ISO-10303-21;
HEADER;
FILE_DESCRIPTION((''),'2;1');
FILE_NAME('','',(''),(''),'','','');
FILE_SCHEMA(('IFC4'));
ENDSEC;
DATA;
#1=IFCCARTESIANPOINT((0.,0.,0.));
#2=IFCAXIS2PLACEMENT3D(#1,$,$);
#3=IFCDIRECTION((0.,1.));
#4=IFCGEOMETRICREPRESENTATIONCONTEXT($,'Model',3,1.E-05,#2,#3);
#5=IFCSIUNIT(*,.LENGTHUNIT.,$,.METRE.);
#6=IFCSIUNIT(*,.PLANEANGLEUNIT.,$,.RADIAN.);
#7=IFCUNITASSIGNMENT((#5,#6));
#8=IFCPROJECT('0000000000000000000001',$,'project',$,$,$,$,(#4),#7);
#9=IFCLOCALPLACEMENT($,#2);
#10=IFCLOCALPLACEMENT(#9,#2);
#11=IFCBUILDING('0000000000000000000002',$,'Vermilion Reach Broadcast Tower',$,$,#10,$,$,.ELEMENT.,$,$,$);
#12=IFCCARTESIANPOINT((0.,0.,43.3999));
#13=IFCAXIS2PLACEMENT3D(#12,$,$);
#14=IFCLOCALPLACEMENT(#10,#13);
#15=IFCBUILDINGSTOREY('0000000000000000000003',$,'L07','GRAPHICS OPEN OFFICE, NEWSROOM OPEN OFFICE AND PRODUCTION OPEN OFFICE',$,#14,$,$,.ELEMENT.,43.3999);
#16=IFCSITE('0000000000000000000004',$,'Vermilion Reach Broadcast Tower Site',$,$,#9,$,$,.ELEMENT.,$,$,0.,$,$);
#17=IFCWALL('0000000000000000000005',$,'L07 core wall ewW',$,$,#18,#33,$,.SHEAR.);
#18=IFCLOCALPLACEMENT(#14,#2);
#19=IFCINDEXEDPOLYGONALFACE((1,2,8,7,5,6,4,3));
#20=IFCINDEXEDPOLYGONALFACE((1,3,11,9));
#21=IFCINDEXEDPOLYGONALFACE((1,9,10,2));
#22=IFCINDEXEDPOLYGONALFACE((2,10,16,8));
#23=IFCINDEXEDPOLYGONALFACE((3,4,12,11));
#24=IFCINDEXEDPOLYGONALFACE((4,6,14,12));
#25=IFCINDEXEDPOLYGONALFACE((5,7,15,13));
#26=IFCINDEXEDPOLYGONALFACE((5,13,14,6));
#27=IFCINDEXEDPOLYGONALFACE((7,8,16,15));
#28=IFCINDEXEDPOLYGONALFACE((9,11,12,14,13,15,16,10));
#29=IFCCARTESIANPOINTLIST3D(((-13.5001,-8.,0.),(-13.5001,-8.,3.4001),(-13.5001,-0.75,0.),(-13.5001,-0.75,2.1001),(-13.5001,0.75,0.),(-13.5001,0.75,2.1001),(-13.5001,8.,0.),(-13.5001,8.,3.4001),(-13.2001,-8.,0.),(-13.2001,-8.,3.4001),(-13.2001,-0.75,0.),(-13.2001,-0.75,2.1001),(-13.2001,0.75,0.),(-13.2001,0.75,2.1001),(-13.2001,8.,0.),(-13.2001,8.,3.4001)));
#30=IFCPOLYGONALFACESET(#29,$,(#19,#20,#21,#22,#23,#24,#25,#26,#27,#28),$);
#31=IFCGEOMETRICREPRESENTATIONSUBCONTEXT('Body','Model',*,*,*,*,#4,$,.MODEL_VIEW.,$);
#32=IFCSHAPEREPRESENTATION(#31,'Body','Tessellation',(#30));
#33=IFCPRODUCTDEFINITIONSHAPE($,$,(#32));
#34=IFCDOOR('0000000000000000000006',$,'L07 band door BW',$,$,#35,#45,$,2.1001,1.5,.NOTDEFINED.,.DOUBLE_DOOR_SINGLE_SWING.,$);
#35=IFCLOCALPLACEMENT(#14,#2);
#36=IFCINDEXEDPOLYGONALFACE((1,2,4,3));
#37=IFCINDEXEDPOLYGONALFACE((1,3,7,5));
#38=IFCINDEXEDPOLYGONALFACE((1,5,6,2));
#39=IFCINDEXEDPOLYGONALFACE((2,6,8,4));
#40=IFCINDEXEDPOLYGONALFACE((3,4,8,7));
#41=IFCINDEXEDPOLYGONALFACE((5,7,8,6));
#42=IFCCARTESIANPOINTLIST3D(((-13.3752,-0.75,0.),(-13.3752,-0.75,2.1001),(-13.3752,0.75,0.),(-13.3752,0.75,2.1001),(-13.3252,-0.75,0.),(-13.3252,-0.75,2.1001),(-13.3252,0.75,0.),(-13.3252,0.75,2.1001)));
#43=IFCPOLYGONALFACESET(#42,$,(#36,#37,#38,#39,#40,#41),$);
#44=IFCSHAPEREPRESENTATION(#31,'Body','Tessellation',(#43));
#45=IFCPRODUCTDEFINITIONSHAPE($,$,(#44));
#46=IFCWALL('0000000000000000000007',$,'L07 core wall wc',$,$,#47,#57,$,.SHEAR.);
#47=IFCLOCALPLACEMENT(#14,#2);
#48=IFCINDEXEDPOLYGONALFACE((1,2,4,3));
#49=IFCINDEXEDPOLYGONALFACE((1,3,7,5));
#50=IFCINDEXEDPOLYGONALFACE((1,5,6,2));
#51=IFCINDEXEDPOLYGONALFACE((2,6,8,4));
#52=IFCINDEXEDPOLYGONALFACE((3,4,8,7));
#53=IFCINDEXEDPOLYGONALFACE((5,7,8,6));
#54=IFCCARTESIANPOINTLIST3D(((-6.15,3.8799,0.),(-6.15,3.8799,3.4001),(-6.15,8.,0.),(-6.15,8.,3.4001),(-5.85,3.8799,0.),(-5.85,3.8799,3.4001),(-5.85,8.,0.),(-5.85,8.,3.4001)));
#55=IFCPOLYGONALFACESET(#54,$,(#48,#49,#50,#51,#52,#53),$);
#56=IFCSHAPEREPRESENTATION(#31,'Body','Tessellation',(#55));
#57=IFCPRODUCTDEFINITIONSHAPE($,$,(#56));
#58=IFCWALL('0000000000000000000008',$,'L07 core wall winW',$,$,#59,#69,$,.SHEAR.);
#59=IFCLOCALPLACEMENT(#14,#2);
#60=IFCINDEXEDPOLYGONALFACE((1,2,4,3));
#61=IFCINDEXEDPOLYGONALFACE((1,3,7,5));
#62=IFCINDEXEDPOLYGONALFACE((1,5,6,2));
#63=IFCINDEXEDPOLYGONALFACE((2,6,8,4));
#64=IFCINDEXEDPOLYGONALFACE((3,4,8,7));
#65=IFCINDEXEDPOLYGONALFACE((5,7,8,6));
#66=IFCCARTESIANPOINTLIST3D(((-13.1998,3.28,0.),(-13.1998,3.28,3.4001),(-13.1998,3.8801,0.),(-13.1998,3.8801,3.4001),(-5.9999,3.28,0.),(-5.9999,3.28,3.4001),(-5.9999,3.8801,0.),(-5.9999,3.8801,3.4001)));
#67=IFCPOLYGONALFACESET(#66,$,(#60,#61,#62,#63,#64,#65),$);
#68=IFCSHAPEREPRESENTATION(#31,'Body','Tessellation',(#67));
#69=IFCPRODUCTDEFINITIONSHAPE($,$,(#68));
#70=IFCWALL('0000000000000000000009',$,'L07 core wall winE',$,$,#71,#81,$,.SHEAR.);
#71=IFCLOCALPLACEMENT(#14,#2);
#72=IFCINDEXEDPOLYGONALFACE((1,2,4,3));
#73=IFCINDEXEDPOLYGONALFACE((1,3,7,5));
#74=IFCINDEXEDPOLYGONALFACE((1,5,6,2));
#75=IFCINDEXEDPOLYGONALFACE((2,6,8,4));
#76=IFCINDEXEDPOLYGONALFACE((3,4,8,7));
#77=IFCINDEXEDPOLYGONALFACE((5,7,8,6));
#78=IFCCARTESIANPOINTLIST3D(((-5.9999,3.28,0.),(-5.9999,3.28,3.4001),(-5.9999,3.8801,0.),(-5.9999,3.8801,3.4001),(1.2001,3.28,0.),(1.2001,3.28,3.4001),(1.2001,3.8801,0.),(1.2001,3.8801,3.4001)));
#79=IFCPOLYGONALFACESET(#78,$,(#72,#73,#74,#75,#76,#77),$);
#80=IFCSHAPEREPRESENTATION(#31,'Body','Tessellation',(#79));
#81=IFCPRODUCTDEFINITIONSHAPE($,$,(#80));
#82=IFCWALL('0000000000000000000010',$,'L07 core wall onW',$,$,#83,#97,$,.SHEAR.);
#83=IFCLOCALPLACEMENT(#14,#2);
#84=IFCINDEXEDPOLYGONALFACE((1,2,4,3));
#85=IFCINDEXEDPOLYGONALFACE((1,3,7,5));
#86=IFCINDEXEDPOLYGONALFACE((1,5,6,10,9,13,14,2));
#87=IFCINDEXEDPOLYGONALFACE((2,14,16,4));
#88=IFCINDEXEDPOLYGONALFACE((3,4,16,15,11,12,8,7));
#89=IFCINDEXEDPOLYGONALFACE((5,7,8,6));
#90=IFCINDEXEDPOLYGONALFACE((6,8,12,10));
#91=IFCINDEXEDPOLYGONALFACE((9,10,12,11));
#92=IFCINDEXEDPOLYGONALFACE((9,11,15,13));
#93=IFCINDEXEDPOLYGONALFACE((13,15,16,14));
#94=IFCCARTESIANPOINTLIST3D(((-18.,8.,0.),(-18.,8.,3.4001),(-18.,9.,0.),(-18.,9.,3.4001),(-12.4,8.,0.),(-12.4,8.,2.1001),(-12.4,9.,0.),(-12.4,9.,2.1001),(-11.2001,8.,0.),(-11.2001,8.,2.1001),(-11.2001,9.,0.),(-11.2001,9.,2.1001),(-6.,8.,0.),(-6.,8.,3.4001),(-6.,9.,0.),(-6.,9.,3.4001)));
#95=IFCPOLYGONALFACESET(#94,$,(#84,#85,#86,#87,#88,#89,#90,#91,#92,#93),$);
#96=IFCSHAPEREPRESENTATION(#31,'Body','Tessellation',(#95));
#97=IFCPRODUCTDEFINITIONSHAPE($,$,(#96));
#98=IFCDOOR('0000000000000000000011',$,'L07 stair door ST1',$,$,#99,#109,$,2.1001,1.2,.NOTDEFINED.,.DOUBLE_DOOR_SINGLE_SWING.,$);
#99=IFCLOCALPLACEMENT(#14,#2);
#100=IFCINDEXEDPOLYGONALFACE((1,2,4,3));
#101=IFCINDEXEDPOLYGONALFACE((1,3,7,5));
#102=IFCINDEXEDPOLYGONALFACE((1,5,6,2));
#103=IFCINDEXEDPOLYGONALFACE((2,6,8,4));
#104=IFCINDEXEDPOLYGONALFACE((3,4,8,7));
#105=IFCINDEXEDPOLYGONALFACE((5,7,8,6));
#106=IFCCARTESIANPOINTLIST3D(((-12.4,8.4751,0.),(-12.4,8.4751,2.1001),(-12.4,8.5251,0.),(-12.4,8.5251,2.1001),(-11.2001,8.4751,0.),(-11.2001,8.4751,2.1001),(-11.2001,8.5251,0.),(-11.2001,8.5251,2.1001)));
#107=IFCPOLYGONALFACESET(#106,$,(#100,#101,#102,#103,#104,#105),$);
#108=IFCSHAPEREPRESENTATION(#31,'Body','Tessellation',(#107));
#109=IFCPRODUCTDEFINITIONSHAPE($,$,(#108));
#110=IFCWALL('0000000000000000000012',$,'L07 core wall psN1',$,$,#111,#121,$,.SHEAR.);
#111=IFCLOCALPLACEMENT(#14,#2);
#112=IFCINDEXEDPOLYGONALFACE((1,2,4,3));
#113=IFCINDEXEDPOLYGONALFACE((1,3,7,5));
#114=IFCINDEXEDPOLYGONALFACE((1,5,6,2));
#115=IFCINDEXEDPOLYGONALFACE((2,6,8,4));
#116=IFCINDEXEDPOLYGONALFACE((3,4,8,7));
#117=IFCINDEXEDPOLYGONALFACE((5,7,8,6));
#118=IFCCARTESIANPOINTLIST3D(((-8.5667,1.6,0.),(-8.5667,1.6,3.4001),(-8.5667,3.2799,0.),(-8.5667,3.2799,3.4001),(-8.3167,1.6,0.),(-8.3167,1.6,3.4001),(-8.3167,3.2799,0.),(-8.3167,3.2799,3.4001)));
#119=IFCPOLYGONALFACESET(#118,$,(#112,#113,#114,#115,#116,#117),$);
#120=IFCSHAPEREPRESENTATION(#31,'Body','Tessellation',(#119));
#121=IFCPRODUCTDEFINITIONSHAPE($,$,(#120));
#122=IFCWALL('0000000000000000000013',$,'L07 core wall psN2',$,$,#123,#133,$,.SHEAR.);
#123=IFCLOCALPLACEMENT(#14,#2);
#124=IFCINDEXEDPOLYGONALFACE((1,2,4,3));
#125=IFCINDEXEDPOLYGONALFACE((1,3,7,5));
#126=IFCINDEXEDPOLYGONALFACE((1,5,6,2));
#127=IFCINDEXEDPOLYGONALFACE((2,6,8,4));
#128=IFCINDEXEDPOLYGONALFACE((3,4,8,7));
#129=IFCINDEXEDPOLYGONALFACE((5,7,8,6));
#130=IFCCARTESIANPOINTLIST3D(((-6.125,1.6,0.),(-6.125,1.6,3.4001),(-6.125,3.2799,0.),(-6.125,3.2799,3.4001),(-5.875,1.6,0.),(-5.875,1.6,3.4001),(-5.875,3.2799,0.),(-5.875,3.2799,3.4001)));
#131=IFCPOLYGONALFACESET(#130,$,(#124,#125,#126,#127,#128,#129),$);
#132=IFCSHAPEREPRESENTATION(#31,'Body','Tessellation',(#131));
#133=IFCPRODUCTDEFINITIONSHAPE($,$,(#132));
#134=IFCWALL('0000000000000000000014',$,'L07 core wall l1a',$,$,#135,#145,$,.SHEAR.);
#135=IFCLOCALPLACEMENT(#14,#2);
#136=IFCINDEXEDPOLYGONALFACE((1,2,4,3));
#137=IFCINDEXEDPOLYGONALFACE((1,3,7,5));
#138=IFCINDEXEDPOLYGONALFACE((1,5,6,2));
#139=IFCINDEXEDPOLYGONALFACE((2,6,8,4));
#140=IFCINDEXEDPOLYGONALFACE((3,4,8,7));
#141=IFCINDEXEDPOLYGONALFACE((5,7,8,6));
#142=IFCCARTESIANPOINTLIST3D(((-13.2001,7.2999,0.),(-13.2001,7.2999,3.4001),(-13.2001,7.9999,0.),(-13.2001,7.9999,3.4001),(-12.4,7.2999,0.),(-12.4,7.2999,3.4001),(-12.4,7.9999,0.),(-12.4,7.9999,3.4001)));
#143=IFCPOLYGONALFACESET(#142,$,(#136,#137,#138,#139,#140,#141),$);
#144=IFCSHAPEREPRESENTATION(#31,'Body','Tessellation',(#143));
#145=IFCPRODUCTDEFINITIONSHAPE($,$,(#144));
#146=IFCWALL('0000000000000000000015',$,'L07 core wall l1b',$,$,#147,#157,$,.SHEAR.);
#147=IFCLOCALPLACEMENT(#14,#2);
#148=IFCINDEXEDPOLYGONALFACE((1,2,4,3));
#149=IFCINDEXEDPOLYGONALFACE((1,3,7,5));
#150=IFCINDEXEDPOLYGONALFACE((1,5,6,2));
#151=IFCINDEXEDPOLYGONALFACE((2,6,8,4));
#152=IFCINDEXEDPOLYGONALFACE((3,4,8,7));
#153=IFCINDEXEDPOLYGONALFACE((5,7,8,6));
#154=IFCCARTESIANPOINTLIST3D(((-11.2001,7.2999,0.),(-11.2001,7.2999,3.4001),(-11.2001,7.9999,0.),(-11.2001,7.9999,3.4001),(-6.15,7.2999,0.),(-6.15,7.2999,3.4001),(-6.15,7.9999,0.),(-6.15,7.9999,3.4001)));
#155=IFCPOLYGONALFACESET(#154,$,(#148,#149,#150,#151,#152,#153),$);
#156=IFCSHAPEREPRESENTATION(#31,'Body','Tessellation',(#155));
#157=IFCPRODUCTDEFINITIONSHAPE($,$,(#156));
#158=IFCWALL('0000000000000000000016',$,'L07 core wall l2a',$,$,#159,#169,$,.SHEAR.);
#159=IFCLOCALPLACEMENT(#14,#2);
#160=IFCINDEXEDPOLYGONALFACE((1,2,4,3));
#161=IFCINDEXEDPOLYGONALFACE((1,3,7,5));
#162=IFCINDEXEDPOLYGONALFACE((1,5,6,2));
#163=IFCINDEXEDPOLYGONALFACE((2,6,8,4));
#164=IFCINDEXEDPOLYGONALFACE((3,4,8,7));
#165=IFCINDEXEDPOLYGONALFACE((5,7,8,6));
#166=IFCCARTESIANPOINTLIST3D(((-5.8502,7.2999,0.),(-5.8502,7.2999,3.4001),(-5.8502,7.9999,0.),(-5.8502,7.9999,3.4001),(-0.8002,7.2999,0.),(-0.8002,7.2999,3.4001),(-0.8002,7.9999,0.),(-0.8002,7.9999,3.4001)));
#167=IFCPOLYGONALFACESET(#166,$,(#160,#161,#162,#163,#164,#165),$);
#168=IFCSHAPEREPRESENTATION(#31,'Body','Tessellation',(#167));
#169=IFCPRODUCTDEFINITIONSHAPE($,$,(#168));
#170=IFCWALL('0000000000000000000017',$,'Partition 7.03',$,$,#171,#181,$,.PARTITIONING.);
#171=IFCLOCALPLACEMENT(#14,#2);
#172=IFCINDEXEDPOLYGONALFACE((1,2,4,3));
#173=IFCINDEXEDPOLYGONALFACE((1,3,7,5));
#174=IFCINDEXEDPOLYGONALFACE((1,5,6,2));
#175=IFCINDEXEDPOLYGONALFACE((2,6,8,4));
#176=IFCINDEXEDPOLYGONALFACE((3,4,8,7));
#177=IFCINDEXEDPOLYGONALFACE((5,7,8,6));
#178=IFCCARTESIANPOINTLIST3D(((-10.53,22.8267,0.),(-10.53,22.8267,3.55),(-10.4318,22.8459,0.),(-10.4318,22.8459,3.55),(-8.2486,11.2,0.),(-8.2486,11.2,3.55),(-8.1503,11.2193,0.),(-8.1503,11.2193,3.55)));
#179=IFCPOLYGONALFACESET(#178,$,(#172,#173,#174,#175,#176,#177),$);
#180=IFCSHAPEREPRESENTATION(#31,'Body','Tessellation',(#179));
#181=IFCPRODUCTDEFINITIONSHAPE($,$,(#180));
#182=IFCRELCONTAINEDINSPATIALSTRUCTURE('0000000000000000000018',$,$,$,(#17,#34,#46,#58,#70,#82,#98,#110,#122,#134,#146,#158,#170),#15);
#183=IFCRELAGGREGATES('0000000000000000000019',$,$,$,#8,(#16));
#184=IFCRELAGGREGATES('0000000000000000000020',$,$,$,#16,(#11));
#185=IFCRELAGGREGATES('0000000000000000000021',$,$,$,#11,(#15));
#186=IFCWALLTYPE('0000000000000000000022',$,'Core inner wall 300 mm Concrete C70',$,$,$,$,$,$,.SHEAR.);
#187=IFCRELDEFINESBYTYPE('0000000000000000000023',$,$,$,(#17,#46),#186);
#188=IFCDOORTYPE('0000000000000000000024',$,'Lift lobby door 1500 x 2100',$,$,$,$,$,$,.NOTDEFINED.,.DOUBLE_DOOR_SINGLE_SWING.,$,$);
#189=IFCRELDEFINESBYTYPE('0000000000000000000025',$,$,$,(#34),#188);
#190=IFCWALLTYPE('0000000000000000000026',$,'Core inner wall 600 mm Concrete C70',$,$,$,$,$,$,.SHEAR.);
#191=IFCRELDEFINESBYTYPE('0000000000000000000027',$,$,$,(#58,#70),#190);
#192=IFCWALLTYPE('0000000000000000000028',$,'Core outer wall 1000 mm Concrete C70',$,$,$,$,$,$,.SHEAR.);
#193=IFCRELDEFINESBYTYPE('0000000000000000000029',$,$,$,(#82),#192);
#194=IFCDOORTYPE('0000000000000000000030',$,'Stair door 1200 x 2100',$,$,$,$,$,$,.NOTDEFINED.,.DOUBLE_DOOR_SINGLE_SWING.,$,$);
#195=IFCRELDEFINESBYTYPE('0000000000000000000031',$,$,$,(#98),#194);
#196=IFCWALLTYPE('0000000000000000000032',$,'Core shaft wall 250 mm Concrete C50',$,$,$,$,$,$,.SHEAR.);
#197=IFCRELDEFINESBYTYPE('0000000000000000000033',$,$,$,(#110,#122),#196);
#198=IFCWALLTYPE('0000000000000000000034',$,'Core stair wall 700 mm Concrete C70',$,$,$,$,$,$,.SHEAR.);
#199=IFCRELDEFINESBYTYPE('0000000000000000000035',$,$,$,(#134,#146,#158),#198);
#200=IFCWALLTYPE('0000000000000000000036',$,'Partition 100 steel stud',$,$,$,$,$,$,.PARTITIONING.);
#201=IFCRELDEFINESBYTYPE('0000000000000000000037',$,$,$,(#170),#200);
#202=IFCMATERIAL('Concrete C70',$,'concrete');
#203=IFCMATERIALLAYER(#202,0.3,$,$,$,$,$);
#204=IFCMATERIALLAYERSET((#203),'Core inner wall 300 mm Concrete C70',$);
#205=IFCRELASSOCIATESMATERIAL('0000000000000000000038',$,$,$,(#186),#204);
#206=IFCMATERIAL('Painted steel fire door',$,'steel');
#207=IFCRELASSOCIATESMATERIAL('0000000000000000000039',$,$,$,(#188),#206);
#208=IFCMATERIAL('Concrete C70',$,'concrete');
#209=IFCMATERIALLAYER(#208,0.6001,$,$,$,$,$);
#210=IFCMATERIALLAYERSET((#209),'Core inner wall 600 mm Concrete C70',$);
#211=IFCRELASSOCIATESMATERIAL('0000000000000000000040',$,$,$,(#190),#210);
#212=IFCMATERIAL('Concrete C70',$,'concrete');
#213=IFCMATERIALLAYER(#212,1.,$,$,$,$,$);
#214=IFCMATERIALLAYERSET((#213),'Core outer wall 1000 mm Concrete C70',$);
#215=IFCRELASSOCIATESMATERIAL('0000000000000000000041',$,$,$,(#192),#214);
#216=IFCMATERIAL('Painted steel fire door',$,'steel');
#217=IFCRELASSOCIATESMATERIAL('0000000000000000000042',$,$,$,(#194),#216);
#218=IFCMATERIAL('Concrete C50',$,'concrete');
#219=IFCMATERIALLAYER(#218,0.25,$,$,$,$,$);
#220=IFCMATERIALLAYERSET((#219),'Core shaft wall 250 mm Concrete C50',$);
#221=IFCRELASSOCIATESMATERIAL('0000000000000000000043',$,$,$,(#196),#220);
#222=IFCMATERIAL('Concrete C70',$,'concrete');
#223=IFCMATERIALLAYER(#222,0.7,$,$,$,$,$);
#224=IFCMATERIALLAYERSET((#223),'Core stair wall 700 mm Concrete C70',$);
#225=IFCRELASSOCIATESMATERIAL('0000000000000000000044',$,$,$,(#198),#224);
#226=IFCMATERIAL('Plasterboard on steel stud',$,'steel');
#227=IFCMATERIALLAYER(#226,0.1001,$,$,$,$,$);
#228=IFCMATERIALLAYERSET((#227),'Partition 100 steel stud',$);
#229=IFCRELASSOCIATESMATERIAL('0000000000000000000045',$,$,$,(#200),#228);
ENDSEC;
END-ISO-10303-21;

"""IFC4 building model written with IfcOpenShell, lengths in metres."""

from ifc_helpers import new_model, si_unit, direction, frame, frame_2d, origin, place, context, subcontext, project, spatial, rectangle, extrude, material, layer, layer_set, type_object, element, fill, save


model = new_model("IFC4")

# Units and contexts
model_context = context("Model", 3, precision=1e-05, world=origin(), true_north=direction((0.0, 1.0)))
body_context = subcontext(model_context, "Body", "Model", "MODEL_VIEW")
ifc_project = project(units=[si_unit("LENGTHUNIT", "METRE"), si_unit("PLANEANGLEUNIT", "RADIAN")], contexts=[model_context])

# Site, building, storey
site_placement = place(None, origin())
site = spatial("IfcSite", under=ifc_project, at=site_placement, Name="Vermilion Reach Broadcast Tower Site", CompositionType="ELEMENT", RefElevation=0.0)
building_placement = place(site_placement, origin())
building = spatial("IfcBuilding", under=site, at=building_placement, Name="Vermilion Reach Broadcast Tower", CompositionType="ELEMENT")
storey_placement = place(building_placement, frame((0.0, 0.0, 43.3999)))
storey = spatial("IfcBuildingStorey", under=building, at=storey_placement, Name="L07", Description="GRAPHICS OPEN OFFICE, NEWSROOM OPEN OFFICE AND PRODUCTION OPEN OFFICE", CompositionType="ELEMENT", Elevation=43.3999)

# Wall, opening, door
ifc_material_1 = material(Name="Concrete C70", Category="concrete")
ifc_layer_1 = layer(ifc_material_1, 0.3)
ifc_layer_set_1 = layer_set([ifc_layer_1], Name="Core inner wall 300 mm Concrete C70")
wall_type_1 = type_object("IfcWallType", Name="Core inner wall 300 mm Concrete C70", PredefinedType="SHEAR", material=ifc_layer_set_1)
wall_1_placement = place(storey_placement, frame((-13.3501, 8.0, 0.0), z_axis=(0.0, 0.0, 1.0), x_axis=(0.0, -1.0, 0.0)))
wall_1 = element("IfcWall", 1, at=wall_1_placement, inside=storey, type_object=wall_type_1, Name="L07 core wall ewW", PredefinedType="SHEAR", context=body_context, shape_type="SweptSolid", body=[
    extrude(rectangle(XDim=16.0, YDim=0.3, at=frame_2d((8.0, 0.0))), origin(), (0.0, 0.0, 1.0), 3.4001),
])
opening_1_placement = place(wall_1_placement, frame((7.25, 0.0, 0.0)))
opening_1 = element("IfcOpeningElement", 2, at=opening_1_placement, cuts=wall_1, PredefinedType="OPENING", context=body_context, shape_type="SweptSolid", body=[
    extrude(rectangle(XDim=1.5, YDim=2.1001, at=frame_2d((0.75, 1.05))), frame((0.0, 0.1599, 0.0), z_axis=(0.0, -1.0, 0.0), x_axis=(1.0, 0.0, 0.0)), (0.0, 0.0, 1.0), 0.3201),
])
ifc_material_2 = material(Name="Painted steel fire door", Category="steel")
door_type_1 = type_object("IfcDoorType", Name="Lift lobby door 1500 x 2100", OperationType="DOUBLE_DOOR_SINGLE_SWING", PredefinedType="NOTDEFINED", material=ifc_material_2)
door_1_placement = place(opening_1_placement, origin())
door_1 = element("IfcDoor", 3, at=door_1_placement, inside=storey, type_object=door_type_1, Name="L07 band door BW", OperationType="DOUBLE_DOOR_SINGLE_SWING", OverallHeight=2.1001, OverallWidth=1.5, PredefinedType="NOTDEFINED", context=body_context, shape_type="SweptSolid", body=[
    extrude(rectangle(XDim=1.5, YDim=2.1001, at=frame_2d((0.75, 1.05))), frame((0.0, 0.0249, 0.0), z_axis=(0.0, -1.0, 0.0), x_axis=(1.0, 0.0, 0.0)), (0.0, 0.0, 1.0), 0.05),
])
fill(opening_1, door_1)

# Walls
wall_2_placement = place(storey_placement, frame((-6.0, 3.8799, 0.0), z_axis=(0.0, 0.0, 1.0), x_axis=(0.0, 1.0, 0.0)))
element("IfcWall", 4, at=wall_2_placement, inside=storey, type_object=wall_type_1, Name="L07 core wall wc", PredefinedType="SHEAR", context=body_context, shape_type="SweptSolid", body=[
    extrude(rectangle(XDim=4.1201, YDim=0.3, at=frame_2d((2.0601, 0.0))), origin(), (0.0, 0.0, 1.0), 3.4001),
])
ifc_material_3 = material(Name="Concrete C70", Category="concrete")
ifc_layer_2 = layer(ifc_material_3, 0.6001)
ifc_layer_set_2 = layer_set([ifc_layer_2], Name="Core inner wall 600 mm Concrete C70")
wall_type_2 = type_object("IfcWallType", Name="Core inner wall 600 mm Concrete C70", PredefinedType="SHEAR", material=ifc_layer_set_2)
for number, where, z_axis, x_axis, name in (
    (5, (-13.2, 3.5801, 0.0), (0.0, 0.0, 1.0), (1.0, 0.0, 0.0), "L07 core wall winW"),
    (6, (-6.0, 3.5801, 0.0), (0.0, 0.0, 1.0), (1.0, 0.0, 0.0), "L07 core wall winE"),
):
    element("IfcWall", number, at=place(storey_placement, frame(where, z_axis=z_axis, x_axis=x_axis)), inside=storey, type_object=wall_type_2, Name=name, PredefinedType="SHEAR", context=body_context, shape_type="SweptSolid", body=[
        extrude(rectangle(XDim=7.2, YDim=0.6001, at=frame_2d((3.6001, 0.0))), origin(), (0.0, 0.0, 1.0), 3.4001),
    ])

# Wall, opening, door
ifc_material_4 = material(Name="Concrete C70", Category="concrete")
ifc_layer_3 = layer(ifc_material_4, 1.0)
ifc_layer_set_3 = layer_set([ifc_layer_3], Name="Core outer wall 1000 mm Concrete C70")
wall_type_3 = type_object("IfcWallType", Name="Core outer wall 1000 mm Concrete C70", PredefinedType="SHEAR", material=ifc_layer_set_3)
wall_3_placement = place(storey_placement, frame((-6.0, 8.5, 0.0), z_axis=(0.0, 0.0, 1.0), x_axis=(-1.0, 0.0, 0.0)))
wall_3 = element("IfcWall", 7, at=wall_3_placement, inside=storey, type_object=wall_type_3, Name="L07 core wall onW", PredefinedType="SHEAR", context=body_context, shape_type="SweptSolid", body=[
    extrude(rectangle(XDim=12.0, YDim=1.0, at=frame_2d((6.0, 0.0))), origin(), (0.0, 0.0, 1.0), 3.4001),
])
opening_2_placement = place(wall_3_placement, frame((5.2, 0.0, 0.0)))
opening_2 = element("IfcOpeningElement", 8, at=opening_2_placement, cuts=wall_3, PredefinedType="OPENING", context=body_context, shape_type="SweptSolid", body=[
    extrude(rectangle(XDim=1.2, YDim=2.1001, at=frame_2d((0.6001, 1.05))), frame((0.0, 0.51, 0.0), z_axis=(0.0, -1.0, 0.0), x_axis=(1.0, 0.0, 0.0)), (0.0, 0.0, 1.0), 1.02),
])
ifc_material_5 = material(Name="Painted steel fire door", Category="steel")
door_type_2 = type_object("IfcDoorType", Name="Stair door 1200 x 2100", OperationType="DOUBLE_DOOR_SINGLE_SWING", PredefinedType="NOTDEFINED", material=ifc_material_5)
door_2_placement = place(opening_2_placement, origin())
door_2 = element("IfcDoor", 9, at=door_2_placement, inside=storey, type_object=door_type_2, Name="L07 stair door ST1", OperationType="DOUBLE_DOOR_SINGLE_SWING", OverallHeight=2.1001, OverallWidth=1.2, PredefinedType="NOTDEFINED", context=body_context, shape_type="SweptSolid", body=[
    extrude(rectangle(XDim=1.2, YDim=2.1001, at=frame_2d((0.6001, 1.05))), frame((0.0, 0.0249, 0.0), z_axis=(0.0, -1.0, 0.0), x_axis=(1.0, 0.0, 0.0)), (0.0, 0.0, 1.0), 0.05),
])
fill(opening_2, door_2)

# Walls
ifc_material_6 = material(Name="Concrete C50", Category="concrete")
ifc_layer_4 = layer(ifc_material_6, 0.25)
ifc_layer_set_4 = layer_set([ifc_layer_4], Name="Core shaft wall 250 mm Concrete C50")
wall_type_4 = type_object("IfcWallType", Name="Core shaft wall 250 mm Concrete C50", PredefinedType="SHEAR", material=ifc_layer_set_4)
for number, where, z_axis, x_axis, name in (
    (10, (-8.4417, 1.6001, 0.0), (0.0, 0.0, 1.0), (0.0, 1.0, 0.0), "L07 core wall psN1"),
    (11, (-6.0, 1.6001, 0.0), (0.0, 0.0, 1.0), (0.0, 1.0, 0.0), "L07 core wall psN2"),
):
    element("IfcWall", number, at=place(storey_placement, frame(where, z_axis=z_axis, x_axis=x_axis)), inside=storey, type_object=wall_type_4, Name=name, PredefinedType="SHEAR", context=body_context, shape_type="SweptSolid", body=[
        extrude(rectangle(XDim=1.6799, YDim=0.25, at=frame_2d((0.8398, 0.0))), origin(), (0.0, 0.0, 1.0), 3.4001),
    ])
ifc_material_7 = material(Name="Concrete C70", Category="concrete")
ifc_layer_5 = layer(ifc_material_7, 0.7)
ifc_layer_set_5 = layer_set([ifc_layer_5], Name="Core stair wall 700 mm Concrete C70")
wall_type_5 = type_object("IfcWallType", Name="Core stair wall 700 mm Concrete C70", PredefinedType="SHEAR", material=ifc_layer_set_5)
wall_4_placement = place(storey_placement, frame((-13.2, 7.6499, 0.0), z_axis=(0.0, 0.0, 1.0), x_axis=(1.0, 0.0, 0.0)))
element("IfcWall", 12, at=wall_4_placement, inside=storey, type_object=wall_type_5, Name="L07 core wall l1a", PredefinedType="SHEAR", context=body_context, shape_type="SweptSolid", body=[
    extrude(rectangle(XDim=0.8, YDim=0.7, at=frame_2d((0.3999, 0.0))), origin(), (0.0, 0.0, 1.0), 3.4001),
])
for number, where, z_axis, x_axis, name in (
    (13, (-11.2, 7.6499, 0.0), (0.0, 0.0, 1.0), (1.0, 0.0, 0.0), "L07 core wall l1b"),
    (14, (-5.8501, 7.6499, 0.0), (0.0, 0.0, 1.0), (1.0, 0.0, 0.0), "L07 core wall l2a"),
):
    element("IfcWall", number, at=place(storey_placement, frame(where, z_axis=z_axis, x_axis=x_axis)), inside=storey, type_object=wall_type_5, Name=name, PredefinedType="SHEAR", context=body_context, shape_type="SweptSolid", body=[
        extrude(rectangle(XDim=5.05, YDim=0.7, at=frame_2d((2.5249, 0.0))), origin(), (0.0, 0.0, 1.0), 3.4001),
    ])
ifc_material_8 = material(Name="Plasterboard on steel stud", Category="steel")
ifc_layer_6 = layer(ifc_material_8, 0.1001)
ifc_layer_set_6 = layer_set([ifc_layer_6], Name="Partition 100 steel stud")
wall_type_6 = type_object("IfcWallType", Name="Partition 100 steel stud", PredefinedType="PARTITIONING", material=ifc_layer_set_6)
wall_5_placement = place(storey_placement, frame((-10.481, 22.8364, 0.0), z_axis=(0.0, 0.0, 1.0), x_axis=(0.192556, -0.981286, 0.0)))
element("IfcWall", 15, at=wall_5_placement, inside=storey, type_object=wall_type_6, Name="Partition 7.03", PredefinedType="PARTITIONING", context=body_context, shape_type="SweptSolid", body=[
    extrude(rectangle(XDim=11.8484, YDim=0.1001, at=frame_2d((5.9243, 0.0))), origin(), (0.0, 0.0, 1.0), 3.55),
])

save(model, "model.ifc")
